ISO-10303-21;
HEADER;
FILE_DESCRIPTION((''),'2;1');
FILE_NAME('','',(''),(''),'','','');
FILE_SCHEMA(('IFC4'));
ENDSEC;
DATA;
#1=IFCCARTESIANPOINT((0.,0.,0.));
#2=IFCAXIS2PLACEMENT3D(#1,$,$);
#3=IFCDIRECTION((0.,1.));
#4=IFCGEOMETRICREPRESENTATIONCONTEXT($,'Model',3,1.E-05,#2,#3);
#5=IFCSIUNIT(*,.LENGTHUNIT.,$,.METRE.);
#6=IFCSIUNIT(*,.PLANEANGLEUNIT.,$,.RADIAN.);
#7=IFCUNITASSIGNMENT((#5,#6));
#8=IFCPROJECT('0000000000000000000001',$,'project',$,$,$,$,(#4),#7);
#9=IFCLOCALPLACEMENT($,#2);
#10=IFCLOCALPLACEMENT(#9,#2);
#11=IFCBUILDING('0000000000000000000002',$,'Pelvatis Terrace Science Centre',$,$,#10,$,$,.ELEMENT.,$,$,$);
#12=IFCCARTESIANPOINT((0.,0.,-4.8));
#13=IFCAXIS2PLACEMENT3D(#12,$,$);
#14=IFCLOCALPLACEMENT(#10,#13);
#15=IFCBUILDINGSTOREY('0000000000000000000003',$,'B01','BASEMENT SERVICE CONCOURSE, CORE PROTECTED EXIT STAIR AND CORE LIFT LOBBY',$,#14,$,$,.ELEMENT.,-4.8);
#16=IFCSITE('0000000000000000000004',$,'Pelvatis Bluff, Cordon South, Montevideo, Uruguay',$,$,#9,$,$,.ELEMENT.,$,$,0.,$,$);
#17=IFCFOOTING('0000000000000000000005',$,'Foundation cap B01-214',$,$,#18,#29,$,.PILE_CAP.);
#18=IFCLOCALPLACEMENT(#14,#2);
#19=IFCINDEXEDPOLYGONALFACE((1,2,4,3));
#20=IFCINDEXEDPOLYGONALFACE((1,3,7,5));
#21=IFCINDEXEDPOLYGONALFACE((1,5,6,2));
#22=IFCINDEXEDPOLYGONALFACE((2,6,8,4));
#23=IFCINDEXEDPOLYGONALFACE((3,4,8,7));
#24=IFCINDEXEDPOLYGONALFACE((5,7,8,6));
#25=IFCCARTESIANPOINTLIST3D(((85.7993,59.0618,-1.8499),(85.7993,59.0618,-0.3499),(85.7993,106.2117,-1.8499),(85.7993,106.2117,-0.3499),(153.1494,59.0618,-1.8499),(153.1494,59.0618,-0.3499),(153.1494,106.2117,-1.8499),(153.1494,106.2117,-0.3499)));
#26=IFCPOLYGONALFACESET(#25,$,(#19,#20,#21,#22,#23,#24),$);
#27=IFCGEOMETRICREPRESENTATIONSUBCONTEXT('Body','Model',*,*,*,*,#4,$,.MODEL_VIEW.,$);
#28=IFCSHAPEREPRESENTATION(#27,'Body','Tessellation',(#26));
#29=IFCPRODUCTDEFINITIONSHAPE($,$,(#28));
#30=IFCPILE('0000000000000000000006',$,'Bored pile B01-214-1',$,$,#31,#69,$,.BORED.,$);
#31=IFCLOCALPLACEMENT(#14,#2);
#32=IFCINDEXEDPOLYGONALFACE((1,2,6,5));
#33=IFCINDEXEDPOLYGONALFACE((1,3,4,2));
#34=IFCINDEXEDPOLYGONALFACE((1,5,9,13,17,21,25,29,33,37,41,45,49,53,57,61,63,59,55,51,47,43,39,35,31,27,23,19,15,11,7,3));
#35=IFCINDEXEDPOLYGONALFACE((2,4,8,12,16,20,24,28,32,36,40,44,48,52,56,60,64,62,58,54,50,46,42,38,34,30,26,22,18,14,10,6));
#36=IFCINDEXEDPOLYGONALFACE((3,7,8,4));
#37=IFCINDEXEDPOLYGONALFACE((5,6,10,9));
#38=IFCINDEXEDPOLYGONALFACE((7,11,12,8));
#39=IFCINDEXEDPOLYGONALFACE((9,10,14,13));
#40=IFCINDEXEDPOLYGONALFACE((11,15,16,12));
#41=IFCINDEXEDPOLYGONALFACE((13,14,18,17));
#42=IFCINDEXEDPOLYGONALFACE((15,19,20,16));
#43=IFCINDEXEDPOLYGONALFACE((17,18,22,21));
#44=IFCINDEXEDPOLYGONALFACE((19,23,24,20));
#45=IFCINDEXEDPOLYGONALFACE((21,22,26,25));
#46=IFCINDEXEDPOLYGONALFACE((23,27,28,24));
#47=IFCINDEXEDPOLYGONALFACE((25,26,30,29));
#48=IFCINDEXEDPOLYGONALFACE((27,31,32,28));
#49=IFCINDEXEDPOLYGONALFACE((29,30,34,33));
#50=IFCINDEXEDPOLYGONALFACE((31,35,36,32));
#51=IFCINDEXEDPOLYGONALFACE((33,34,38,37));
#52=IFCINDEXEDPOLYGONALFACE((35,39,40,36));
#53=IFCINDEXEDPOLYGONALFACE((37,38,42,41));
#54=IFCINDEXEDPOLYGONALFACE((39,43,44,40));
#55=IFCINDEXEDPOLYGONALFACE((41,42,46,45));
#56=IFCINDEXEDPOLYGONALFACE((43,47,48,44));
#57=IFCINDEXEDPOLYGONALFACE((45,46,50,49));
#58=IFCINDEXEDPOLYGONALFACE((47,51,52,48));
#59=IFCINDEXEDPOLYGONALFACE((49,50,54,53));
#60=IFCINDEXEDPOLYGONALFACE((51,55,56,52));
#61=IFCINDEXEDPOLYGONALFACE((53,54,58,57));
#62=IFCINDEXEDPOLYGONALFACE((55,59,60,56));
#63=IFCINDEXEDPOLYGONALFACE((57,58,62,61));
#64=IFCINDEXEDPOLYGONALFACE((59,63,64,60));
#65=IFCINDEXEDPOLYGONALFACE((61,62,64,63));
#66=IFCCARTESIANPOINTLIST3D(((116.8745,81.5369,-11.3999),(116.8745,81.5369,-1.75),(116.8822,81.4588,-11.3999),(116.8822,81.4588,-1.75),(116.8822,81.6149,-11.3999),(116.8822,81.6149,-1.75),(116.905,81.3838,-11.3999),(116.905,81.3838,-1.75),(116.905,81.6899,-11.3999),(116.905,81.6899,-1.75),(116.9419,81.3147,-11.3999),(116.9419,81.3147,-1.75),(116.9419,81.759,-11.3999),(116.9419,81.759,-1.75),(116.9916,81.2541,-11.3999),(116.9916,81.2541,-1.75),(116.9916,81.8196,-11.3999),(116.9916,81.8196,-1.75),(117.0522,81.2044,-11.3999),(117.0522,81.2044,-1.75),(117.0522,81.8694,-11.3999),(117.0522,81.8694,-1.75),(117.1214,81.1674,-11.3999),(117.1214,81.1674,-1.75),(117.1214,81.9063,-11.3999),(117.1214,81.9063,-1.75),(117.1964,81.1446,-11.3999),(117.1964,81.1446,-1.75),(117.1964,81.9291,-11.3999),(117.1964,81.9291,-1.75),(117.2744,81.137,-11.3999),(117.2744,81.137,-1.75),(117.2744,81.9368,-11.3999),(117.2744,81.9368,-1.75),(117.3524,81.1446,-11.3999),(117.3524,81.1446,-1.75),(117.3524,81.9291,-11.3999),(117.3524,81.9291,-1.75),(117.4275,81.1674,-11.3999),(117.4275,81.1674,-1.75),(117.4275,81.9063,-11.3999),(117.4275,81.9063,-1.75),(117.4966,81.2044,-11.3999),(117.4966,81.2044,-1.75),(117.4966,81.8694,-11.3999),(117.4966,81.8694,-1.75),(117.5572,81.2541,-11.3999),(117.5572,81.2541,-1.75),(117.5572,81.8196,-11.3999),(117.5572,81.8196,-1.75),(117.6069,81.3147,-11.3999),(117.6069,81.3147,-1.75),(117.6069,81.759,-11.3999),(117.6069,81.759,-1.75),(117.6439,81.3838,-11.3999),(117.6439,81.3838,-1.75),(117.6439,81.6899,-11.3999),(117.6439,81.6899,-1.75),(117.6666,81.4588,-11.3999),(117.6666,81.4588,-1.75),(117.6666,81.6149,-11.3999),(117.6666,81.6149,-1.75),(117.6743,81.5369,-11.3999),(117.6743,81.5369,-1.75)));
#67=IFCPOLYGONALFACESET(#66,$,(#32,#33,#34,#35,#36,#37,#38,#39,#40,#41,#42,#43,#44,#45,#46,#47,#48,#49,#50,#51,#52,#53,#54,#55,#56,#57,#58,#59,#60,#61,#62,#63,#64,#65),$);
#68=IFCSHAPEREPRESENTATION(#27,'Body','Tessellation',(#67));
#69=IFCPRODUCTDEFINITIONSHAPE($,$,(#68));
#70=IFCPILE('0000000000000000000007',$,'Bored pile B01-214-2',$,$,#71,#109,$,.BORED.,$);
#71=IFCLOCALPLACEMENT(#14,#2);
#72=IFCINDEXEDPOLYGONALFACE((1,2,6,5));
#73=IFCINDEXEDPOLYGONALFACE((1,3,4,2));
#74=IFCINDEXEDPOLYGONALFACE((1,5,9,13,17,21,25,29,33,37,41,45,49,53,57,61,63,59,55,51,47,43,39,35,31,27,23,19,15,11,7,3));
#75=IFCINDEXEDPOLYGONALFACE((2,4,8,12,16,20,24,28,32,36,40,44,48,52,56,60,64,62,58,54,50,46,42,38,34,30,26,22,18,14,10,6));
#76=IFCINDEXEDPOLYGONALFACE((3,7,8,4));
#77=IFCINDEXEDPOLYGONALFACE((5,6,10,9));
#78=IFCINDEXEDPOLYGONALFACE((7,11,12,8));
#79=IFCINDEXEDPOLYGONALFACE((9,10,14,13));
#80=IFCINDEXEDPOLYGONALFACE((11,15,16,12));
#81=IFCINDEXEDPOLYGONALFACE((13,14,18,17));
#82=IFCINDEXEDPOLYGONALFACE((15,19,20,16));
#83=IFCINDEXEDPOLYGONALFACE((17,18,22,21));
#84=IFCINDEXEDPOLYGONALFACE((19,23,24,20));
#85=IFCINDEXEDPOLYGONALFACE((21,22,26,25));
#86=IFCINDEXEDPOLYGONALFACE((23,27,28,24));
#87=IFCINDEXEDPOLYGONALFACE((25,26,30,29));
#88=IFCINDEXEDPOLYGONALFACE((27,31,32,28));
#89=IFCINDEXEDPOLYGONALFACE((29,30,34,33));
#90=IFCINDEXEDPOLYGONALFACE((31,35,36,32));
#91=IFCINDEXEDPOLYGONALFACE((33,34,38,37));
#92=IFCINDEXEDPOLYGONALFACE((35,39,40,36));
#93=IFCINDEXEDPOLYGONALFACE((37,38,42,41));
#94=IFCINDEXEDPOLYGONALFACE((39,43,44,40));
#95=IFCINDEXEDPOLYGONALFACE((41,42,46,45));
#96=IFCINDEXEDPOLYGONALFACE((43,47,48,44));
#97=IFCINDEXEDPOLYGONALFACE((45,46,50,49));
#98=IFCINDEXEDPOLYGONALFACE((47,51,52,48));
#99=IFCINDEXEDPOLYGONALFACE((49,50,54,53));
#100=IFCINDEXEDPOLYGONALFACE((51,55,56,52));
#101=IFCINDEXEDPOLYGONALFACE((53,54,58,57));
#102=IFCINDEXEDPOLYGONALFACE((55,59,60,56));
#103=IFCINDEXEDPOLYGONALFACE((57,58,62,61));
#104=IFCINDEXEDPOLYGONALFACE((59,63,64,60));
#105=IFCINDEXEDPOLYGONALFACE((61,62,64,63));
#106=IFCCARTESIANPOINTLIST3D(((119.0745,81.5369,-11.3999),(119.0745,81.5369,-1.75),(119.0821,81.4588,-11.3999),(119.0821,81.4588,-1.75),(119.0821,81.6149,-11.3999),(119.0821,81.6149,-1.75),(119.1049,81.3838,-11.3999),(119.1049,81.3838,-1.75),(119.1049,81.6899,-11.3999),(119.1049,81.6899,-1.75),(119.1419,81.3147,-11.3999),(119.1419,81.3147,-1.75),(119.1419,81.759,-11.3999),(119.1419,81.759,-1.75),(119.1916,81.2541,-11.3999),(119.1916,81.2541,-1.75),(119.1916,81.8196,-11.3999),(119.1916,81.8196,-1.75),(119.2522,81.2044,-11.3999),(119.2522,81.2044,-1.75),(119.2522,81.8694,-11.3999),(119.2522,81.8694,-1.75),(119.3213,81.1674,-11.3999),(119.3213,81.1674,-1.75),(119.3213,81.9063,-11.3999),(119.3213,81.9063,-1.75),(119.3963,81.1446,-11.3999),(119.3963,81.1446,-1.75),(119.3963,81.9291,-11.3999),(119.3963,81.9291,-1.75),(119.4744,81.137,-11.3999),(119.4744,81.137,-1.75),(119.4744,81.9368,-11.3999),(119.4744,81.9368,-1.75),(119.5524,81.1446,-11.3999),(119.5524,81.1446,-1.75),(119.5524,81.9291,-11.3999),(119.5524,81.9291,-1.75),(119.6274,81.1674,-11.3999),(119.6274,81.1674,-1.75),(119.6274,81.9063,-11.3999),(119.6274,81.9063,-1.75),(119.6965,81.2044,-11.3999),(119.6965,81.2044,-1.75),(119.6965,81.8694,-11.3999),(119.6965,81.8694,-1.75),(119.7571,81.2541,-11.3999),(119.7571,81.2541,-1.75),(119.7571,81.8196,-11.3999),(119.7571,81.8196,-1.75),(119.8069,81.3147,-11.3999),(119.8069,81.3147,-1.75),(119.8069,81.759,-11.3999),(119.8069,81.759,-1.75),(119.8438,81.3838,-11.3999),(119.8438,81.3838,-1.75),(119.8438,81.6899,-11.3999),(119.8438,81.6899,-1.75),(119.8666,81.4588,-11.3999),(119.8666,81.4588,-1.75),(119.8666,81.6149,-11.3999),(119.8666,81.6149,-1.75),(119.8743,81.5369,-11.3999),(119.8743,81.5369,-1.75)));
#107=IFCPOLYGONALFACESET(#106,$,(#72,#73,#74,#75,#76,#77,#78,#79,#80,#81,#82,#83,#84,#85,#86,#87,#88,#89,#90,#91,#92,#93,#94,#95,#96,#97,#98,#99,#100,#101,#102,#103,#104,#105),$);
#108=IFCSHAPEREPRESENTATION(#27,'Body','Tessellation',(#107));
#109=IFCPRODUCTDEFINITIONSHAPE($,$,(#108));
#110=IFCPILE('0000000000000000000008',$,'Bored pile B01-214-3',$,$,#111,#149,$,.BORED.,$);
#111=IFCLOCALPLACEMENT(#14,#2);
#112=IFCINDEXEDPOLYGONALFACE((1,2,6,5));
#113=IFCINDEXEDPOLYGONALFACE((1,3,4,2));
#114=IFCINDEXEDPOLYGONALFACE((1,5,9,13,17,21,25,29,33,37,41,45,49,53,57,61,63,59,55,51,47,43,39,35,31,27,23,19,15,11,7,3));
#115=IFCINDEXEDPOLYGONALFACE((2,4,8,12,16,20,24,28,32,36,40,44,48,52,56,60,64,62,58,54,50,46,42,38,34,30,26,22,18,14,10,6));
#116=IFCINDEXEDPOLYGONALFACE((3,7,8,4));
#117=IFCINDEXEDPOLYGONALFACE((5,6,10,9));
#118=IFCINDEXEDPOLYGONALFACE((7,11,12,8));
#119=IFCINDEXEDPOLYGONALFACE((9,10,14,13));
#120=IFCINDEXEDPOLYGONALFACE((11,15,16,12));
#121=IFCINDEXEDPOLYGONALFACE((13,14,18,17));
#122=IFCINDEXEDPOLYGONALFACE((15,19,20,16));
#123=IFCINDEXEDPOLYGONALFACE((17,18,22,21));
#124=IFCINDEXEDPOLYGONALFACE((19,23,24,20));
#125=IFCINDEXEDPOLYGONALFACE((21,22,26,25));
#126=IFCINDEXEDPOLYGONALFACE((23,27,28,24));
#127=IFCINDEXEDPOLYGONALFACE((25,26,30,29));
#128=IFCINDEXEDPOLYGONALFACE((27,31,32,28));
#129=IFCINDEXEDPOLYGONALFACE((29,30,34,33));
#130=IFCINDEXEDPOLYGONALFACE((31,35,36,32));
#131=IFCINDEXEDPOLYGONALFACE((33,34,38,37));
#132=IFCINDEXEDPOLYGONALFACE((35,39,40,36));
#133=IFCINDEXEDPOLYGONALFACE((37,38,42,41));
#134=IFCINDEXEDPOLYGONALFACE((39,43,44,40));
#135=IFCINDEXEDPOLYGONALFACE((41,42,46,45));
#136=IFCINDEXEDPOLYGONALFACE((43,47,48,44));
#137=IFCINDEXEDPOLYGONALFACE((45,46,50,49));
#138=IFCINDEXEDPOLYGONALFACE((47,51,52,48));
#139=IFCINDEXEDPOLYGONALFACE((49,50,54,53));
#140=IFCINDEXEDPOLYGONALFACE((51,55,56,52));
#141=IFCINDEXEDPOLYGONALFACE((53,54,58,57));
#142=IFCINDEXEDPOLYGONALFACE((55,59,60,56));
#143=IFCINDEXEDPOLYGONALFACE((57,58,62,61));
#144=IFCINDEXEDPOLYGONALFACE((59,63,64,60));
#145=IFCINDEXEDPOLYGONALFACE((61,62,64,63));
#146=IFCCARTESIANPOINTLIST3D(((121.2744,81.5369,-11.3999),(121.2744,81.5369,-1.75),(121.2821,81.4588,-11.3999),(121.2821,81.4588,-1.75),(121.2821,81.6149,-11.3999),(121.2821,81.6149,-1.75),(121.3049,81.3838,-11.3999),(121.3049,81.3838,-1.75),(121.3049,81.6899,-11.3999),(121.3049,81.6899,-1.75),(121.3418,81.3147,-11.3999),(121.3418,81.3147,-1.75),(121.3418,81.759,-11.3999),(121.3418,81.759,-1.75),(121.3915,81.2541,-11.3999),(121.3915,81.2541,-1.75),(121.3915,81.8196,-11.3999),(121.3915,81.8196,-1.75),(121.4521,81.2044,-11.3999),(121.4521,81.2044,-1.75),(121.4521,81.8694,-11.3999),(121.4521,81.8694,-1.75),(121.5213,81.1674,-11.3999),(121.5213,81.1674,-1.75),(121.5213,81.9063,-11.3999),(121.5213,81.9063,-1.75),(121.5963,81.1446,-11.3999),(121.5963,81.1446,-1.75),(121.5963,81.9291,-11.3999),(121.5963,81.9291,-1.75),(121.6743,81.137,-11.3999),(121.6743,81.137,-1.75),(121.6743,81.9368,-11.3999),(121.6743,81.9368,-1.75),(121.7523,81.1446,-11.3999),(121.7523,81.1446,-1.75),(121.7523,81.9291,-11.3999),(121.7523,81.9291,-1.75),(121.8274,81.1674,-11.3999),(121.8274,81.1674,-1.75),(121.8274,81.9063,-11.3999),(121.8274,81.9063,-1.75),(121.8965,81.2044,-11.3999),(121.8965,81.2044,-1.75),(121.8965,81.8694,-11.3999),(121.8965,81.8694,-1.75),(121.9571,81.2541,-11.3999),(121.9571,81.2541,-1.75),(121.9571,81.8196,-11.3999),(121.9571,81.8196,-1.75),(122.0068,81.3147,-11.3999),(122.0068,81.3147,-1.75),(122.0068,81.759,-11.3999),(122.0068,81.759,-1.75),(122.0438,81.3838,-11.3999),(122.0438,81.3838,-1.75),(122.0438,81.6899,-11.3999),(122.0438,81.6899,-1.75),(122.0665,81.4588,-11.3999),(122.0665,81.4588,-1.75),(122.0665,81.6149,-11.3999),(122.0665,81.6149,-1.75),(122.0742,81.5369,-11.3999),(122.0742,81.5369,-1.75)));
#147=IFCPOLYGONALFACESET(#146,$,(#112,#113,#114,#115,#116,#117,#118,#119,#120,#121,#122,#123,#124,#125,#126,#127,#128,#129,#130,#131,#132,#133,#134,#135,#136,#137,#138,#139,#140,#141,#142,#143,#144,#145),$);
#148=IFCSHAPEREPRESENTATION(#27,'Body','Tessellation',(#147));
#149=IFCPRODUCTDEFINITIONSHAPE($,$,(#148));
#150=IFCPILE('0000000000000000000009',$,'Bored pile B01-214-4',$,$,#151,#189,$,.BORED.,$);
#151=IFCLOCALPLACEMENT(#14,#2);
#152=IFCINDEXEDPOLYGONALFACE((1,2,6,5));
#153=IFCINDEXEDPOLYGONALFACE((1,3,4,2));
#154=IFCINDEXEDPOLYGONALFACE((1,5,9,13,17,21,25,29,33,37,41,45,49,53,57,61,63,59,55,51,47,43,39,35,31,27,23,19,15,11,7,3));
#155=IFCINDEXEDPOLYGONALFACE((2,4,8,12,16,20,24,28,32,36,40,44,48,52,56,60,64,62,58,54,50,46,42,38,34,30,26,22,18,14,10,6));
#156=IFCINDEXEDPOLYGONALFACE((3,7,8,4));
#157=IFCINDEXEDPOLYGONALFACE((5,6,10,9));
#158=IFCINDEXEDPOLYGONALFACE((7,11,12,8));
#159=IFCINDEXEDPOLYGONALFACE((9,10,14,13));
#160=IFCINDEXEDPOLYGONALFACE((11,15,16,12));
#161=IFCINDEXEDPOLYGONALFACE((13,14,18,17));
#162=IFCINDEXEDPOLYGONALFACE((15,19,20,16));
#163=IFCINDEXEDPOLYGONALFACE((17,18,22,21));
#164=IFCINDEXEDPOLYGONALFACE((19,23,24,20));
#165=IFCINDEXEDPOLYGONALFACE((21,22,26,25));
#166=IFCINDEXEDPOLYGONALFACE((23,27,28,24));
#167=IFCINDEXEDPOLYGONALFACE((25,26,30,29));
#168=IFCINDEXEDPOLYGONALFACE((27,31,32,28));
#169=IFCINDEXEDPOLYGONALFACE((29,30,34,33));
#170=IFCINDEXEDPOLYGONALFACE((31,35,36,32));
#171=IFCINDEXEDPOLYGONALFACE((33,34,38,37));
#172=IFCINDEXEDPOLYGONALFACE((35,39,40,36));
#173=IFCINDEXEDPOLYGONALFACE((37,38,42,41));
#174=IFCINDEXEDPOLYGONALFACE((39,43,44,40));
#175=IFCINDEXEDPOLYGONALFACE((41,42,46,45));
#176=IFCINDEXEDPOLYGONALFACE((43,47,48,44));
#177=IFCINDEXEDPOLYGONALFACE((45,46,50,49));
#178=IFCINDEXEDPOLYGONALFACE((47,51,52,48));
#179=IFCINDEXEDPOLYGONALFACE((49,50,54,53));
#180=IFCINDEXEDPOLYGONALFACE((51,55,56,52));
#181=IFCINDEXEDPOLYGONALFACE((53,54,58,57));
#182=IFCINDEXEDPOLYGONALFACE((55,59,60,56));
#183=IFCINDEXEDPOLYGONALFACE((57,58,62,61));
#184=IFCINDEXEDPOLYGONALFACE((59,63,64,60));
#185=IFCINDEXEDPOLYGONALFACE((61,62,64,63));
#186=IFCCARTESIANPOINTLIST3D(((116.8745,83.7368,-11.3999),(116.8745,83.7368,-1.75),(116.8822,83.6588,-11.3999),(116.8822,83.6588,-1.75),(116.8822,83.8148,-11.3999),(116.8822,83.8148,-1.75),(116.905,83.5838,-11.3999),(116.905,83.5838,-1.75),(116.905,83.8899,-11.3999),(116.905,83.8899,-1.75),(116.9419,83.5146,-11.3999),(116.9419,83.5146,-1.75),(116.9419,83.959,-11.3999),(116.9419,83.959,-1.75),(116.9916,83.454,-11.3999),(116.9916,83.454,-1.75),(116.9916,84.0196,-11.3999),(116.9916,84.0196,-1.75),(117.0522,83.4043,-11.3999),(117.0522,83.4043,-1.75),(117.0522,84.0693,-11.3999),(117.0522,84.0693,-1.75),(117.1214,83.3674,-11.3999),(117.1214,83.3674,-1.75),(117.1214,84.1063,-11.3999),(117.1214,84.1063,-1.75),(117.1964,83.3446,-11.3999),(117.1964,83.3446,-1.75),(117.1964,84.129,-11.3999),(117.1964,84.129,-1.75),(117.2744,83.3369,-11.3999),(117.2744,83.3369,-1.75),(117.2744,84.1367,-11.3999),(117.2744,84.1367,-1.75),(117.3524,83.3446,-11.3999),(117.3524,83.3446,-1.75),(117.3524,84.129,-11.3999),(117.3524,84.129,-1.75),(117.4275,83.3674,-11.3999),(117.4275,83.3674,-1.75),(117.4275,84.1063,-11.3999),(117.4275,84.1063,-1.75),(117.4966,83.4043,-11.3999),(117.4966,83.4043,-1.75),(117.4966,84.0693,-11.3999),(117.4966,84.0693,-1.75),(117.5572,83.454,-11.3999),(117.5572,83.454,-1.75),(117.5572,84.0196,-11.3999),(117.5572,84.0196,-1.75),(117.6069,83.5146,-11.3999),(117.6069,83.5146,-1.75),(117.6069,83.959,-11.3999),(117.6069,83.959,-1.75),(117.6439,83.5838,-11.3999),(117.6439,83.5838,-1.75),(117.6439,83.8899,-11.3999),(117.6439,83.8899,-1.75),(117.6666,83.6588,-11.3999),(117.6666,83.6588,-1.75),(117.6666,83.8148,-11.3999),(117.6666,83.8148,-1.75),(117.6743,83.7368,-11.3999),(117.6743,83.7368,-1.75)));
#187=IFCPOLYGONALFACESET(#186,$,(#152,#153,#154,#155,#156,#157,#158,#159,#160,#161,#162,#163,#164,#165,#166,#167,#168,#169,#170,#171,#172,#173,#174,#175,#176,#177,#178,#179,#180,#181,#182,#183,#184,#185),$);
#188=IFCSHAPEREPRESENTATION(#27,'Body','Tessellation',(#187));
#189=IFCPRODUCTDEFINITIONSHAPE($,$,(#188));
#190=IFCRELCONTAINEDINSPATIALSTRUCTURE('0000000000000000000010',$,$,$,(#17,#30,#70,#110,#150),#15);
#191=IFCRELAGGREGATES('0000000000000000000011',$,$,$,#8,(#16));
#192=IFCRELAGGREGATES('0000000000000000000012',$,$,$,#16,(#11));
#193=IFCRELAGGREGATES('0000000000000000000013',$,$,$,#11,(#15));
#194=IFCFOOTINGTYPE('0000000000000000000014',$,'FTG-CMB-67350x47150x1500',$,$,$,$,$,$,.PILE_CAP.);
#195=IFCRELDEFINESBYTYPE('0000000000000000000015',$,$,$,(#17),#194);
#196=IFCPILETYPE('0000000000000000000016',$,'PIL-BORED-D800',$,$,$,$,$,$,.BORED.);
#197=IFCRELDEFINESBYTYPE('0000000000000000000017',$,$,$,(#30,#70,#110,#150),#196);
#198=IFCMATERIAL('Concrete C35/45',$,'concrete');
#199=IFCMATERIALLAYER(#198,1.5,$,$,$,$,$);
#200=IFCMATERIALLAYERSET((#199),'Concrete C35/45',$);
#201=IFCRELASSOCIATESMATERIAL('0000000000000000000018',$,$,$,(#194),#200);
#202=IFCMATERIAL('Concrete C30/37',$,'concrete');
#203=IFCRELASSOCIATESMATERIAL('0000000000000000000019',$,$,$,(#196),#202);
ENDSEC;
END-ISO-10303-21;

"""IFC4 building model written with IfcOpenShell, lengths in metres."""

from ifc_helpers import new_model, si_unit, direction, frame, origin, origin_2d, place, context, subcontext, project, spatial, rectangle, circle, extrude, material, layer, layer_set, material_profile, profile_set, type_object, element, save


model = new_model("IFC4")

# Units and contexts
model_context = context("Model", 3, precision=1e-05, world=origin(), true_north=direction((0.0, 1.0)))
body_context = subcontext(model_context, "Body", "Model", "MODEL_VIEW")
ifc_project = project(units=[si_unit("LENGTHUNIT", "METRE"), si_unit("PLANEANGLEUNIT", "RADIAN")], contexts=[model_context])

# Site, building, storey
site_placement = place(None, origin())
site = spatial("IfcSite", under=ifc_project, at=site_placement, Name="Pelvatis Bluff, Cordon South, Montevideo, Uruguay", CompositionType="ELEMENT", RefElevation=0.0)
building_placement = place(site_placement, origin())
building = spatial("IfcBuilding", under=site, at=building_placement, Name="Pelvatis Terrace Science Centre", CompositionType="ELEMENT")
storey_placement = place(building_placement, frame((0.0, 0.0, -4.8)))
storey = spatial("IfcBuildingStorey", under=building, at=storey_placement, Name="B01", Description="BASEMENT SERVICE CONCOURSE, CORE PROTECTED EXIT STAIR AND CORE LIFT LOBBY", CompositionType="ELEMENT", Elevation=-4.8)

# Footing
ifc_material_1 = material(Name="Concrete C35/45", Category="concrete")
ifc_layer_1 = layer(ifc_material_1, 1.5)
ifc_layer_set_1 = layer_set([ifc_layer_1], Name="Concrete C35/45")
footing_type = type_object("IfcFootingType", Name="FTG-CMB-67350x47150x1500", PredefinedType="PILE_CAP", material=ifc_layer_set_1)
footing_placement = place(storey_placement, frame((119.4744, 82.6367, -1.8499), z_axis=(0.0, 0.0, 1.0), x_axis=(1.0, 0.0, 0.0)))
element("IfcFooting", 1, at=footing_placement, inside=storey, type_object=footing_type, Name="Foundation cap B01-214", PredefinedType="PILE_CAP", context=body_context, shape_type="SweptSolid", body=[
    extrude(rectangle(XDim=67.3501, YDim=47.1499, at=origin_2d()), origin(), (0.0, 0.0, 1.0), 1.5),
])

# Piles
ifc_material_2 = material(Name="Concrete C30/37", Category="concrete")
ifc_material_profile_1 = material_profile(ifc_material_2, circle(Radius=0.3999, at=origin_2d()), Name="PILE D800")
ifc_profile_set_1 = profile_set([ifc_material_profile_1], Name="Concrete C30/37")
pile_type = type_object("IfcPileType", Name="PIL-BORED-D800", PredefinedType="BORED", material=ifc_profile_set_1)
for number, where, z_axis, x_axis, name in (
    (2, (117.2744, 81.5369, -1.75), (0.0, 0.0, -1.0), (1.0, 0.0, 0.0), "Bored pile B01-214-1"),
    (3, (119.4744, 81.5369, -1.75), (0.0, 0.0, -1.0), (1.0, 0.0, 0.0), "Bored pile B01-214-2"),
    (4, (121.6743, 81.5369, -1.75), (0.0, 0.0, -1.0), (1.0, 0.0, 0.0), "Bored pile B01-214-3"),
    (5, (117.2744, 83.7368, -1.75), (0.0, 0.0, -1.0), (1.0, 0.0, 0.0), "Bored pile B01-214-4"),
):
    element("IfcPile", number, at=place(storey_placement, frame(where, z_axis=z_axis, x_axis=x_axis)), inside=storey, type_object=pile_type, Name=name, PredefinedType="BORED", context=body_context, shape_type="SweptSolid", body=[
        extrude(circle(Radius=0.3999, at=origin_2d()), origin(), (0.0, 0.0, 1.0), 9.6499),
    ])

save(model, "model.ifc")
